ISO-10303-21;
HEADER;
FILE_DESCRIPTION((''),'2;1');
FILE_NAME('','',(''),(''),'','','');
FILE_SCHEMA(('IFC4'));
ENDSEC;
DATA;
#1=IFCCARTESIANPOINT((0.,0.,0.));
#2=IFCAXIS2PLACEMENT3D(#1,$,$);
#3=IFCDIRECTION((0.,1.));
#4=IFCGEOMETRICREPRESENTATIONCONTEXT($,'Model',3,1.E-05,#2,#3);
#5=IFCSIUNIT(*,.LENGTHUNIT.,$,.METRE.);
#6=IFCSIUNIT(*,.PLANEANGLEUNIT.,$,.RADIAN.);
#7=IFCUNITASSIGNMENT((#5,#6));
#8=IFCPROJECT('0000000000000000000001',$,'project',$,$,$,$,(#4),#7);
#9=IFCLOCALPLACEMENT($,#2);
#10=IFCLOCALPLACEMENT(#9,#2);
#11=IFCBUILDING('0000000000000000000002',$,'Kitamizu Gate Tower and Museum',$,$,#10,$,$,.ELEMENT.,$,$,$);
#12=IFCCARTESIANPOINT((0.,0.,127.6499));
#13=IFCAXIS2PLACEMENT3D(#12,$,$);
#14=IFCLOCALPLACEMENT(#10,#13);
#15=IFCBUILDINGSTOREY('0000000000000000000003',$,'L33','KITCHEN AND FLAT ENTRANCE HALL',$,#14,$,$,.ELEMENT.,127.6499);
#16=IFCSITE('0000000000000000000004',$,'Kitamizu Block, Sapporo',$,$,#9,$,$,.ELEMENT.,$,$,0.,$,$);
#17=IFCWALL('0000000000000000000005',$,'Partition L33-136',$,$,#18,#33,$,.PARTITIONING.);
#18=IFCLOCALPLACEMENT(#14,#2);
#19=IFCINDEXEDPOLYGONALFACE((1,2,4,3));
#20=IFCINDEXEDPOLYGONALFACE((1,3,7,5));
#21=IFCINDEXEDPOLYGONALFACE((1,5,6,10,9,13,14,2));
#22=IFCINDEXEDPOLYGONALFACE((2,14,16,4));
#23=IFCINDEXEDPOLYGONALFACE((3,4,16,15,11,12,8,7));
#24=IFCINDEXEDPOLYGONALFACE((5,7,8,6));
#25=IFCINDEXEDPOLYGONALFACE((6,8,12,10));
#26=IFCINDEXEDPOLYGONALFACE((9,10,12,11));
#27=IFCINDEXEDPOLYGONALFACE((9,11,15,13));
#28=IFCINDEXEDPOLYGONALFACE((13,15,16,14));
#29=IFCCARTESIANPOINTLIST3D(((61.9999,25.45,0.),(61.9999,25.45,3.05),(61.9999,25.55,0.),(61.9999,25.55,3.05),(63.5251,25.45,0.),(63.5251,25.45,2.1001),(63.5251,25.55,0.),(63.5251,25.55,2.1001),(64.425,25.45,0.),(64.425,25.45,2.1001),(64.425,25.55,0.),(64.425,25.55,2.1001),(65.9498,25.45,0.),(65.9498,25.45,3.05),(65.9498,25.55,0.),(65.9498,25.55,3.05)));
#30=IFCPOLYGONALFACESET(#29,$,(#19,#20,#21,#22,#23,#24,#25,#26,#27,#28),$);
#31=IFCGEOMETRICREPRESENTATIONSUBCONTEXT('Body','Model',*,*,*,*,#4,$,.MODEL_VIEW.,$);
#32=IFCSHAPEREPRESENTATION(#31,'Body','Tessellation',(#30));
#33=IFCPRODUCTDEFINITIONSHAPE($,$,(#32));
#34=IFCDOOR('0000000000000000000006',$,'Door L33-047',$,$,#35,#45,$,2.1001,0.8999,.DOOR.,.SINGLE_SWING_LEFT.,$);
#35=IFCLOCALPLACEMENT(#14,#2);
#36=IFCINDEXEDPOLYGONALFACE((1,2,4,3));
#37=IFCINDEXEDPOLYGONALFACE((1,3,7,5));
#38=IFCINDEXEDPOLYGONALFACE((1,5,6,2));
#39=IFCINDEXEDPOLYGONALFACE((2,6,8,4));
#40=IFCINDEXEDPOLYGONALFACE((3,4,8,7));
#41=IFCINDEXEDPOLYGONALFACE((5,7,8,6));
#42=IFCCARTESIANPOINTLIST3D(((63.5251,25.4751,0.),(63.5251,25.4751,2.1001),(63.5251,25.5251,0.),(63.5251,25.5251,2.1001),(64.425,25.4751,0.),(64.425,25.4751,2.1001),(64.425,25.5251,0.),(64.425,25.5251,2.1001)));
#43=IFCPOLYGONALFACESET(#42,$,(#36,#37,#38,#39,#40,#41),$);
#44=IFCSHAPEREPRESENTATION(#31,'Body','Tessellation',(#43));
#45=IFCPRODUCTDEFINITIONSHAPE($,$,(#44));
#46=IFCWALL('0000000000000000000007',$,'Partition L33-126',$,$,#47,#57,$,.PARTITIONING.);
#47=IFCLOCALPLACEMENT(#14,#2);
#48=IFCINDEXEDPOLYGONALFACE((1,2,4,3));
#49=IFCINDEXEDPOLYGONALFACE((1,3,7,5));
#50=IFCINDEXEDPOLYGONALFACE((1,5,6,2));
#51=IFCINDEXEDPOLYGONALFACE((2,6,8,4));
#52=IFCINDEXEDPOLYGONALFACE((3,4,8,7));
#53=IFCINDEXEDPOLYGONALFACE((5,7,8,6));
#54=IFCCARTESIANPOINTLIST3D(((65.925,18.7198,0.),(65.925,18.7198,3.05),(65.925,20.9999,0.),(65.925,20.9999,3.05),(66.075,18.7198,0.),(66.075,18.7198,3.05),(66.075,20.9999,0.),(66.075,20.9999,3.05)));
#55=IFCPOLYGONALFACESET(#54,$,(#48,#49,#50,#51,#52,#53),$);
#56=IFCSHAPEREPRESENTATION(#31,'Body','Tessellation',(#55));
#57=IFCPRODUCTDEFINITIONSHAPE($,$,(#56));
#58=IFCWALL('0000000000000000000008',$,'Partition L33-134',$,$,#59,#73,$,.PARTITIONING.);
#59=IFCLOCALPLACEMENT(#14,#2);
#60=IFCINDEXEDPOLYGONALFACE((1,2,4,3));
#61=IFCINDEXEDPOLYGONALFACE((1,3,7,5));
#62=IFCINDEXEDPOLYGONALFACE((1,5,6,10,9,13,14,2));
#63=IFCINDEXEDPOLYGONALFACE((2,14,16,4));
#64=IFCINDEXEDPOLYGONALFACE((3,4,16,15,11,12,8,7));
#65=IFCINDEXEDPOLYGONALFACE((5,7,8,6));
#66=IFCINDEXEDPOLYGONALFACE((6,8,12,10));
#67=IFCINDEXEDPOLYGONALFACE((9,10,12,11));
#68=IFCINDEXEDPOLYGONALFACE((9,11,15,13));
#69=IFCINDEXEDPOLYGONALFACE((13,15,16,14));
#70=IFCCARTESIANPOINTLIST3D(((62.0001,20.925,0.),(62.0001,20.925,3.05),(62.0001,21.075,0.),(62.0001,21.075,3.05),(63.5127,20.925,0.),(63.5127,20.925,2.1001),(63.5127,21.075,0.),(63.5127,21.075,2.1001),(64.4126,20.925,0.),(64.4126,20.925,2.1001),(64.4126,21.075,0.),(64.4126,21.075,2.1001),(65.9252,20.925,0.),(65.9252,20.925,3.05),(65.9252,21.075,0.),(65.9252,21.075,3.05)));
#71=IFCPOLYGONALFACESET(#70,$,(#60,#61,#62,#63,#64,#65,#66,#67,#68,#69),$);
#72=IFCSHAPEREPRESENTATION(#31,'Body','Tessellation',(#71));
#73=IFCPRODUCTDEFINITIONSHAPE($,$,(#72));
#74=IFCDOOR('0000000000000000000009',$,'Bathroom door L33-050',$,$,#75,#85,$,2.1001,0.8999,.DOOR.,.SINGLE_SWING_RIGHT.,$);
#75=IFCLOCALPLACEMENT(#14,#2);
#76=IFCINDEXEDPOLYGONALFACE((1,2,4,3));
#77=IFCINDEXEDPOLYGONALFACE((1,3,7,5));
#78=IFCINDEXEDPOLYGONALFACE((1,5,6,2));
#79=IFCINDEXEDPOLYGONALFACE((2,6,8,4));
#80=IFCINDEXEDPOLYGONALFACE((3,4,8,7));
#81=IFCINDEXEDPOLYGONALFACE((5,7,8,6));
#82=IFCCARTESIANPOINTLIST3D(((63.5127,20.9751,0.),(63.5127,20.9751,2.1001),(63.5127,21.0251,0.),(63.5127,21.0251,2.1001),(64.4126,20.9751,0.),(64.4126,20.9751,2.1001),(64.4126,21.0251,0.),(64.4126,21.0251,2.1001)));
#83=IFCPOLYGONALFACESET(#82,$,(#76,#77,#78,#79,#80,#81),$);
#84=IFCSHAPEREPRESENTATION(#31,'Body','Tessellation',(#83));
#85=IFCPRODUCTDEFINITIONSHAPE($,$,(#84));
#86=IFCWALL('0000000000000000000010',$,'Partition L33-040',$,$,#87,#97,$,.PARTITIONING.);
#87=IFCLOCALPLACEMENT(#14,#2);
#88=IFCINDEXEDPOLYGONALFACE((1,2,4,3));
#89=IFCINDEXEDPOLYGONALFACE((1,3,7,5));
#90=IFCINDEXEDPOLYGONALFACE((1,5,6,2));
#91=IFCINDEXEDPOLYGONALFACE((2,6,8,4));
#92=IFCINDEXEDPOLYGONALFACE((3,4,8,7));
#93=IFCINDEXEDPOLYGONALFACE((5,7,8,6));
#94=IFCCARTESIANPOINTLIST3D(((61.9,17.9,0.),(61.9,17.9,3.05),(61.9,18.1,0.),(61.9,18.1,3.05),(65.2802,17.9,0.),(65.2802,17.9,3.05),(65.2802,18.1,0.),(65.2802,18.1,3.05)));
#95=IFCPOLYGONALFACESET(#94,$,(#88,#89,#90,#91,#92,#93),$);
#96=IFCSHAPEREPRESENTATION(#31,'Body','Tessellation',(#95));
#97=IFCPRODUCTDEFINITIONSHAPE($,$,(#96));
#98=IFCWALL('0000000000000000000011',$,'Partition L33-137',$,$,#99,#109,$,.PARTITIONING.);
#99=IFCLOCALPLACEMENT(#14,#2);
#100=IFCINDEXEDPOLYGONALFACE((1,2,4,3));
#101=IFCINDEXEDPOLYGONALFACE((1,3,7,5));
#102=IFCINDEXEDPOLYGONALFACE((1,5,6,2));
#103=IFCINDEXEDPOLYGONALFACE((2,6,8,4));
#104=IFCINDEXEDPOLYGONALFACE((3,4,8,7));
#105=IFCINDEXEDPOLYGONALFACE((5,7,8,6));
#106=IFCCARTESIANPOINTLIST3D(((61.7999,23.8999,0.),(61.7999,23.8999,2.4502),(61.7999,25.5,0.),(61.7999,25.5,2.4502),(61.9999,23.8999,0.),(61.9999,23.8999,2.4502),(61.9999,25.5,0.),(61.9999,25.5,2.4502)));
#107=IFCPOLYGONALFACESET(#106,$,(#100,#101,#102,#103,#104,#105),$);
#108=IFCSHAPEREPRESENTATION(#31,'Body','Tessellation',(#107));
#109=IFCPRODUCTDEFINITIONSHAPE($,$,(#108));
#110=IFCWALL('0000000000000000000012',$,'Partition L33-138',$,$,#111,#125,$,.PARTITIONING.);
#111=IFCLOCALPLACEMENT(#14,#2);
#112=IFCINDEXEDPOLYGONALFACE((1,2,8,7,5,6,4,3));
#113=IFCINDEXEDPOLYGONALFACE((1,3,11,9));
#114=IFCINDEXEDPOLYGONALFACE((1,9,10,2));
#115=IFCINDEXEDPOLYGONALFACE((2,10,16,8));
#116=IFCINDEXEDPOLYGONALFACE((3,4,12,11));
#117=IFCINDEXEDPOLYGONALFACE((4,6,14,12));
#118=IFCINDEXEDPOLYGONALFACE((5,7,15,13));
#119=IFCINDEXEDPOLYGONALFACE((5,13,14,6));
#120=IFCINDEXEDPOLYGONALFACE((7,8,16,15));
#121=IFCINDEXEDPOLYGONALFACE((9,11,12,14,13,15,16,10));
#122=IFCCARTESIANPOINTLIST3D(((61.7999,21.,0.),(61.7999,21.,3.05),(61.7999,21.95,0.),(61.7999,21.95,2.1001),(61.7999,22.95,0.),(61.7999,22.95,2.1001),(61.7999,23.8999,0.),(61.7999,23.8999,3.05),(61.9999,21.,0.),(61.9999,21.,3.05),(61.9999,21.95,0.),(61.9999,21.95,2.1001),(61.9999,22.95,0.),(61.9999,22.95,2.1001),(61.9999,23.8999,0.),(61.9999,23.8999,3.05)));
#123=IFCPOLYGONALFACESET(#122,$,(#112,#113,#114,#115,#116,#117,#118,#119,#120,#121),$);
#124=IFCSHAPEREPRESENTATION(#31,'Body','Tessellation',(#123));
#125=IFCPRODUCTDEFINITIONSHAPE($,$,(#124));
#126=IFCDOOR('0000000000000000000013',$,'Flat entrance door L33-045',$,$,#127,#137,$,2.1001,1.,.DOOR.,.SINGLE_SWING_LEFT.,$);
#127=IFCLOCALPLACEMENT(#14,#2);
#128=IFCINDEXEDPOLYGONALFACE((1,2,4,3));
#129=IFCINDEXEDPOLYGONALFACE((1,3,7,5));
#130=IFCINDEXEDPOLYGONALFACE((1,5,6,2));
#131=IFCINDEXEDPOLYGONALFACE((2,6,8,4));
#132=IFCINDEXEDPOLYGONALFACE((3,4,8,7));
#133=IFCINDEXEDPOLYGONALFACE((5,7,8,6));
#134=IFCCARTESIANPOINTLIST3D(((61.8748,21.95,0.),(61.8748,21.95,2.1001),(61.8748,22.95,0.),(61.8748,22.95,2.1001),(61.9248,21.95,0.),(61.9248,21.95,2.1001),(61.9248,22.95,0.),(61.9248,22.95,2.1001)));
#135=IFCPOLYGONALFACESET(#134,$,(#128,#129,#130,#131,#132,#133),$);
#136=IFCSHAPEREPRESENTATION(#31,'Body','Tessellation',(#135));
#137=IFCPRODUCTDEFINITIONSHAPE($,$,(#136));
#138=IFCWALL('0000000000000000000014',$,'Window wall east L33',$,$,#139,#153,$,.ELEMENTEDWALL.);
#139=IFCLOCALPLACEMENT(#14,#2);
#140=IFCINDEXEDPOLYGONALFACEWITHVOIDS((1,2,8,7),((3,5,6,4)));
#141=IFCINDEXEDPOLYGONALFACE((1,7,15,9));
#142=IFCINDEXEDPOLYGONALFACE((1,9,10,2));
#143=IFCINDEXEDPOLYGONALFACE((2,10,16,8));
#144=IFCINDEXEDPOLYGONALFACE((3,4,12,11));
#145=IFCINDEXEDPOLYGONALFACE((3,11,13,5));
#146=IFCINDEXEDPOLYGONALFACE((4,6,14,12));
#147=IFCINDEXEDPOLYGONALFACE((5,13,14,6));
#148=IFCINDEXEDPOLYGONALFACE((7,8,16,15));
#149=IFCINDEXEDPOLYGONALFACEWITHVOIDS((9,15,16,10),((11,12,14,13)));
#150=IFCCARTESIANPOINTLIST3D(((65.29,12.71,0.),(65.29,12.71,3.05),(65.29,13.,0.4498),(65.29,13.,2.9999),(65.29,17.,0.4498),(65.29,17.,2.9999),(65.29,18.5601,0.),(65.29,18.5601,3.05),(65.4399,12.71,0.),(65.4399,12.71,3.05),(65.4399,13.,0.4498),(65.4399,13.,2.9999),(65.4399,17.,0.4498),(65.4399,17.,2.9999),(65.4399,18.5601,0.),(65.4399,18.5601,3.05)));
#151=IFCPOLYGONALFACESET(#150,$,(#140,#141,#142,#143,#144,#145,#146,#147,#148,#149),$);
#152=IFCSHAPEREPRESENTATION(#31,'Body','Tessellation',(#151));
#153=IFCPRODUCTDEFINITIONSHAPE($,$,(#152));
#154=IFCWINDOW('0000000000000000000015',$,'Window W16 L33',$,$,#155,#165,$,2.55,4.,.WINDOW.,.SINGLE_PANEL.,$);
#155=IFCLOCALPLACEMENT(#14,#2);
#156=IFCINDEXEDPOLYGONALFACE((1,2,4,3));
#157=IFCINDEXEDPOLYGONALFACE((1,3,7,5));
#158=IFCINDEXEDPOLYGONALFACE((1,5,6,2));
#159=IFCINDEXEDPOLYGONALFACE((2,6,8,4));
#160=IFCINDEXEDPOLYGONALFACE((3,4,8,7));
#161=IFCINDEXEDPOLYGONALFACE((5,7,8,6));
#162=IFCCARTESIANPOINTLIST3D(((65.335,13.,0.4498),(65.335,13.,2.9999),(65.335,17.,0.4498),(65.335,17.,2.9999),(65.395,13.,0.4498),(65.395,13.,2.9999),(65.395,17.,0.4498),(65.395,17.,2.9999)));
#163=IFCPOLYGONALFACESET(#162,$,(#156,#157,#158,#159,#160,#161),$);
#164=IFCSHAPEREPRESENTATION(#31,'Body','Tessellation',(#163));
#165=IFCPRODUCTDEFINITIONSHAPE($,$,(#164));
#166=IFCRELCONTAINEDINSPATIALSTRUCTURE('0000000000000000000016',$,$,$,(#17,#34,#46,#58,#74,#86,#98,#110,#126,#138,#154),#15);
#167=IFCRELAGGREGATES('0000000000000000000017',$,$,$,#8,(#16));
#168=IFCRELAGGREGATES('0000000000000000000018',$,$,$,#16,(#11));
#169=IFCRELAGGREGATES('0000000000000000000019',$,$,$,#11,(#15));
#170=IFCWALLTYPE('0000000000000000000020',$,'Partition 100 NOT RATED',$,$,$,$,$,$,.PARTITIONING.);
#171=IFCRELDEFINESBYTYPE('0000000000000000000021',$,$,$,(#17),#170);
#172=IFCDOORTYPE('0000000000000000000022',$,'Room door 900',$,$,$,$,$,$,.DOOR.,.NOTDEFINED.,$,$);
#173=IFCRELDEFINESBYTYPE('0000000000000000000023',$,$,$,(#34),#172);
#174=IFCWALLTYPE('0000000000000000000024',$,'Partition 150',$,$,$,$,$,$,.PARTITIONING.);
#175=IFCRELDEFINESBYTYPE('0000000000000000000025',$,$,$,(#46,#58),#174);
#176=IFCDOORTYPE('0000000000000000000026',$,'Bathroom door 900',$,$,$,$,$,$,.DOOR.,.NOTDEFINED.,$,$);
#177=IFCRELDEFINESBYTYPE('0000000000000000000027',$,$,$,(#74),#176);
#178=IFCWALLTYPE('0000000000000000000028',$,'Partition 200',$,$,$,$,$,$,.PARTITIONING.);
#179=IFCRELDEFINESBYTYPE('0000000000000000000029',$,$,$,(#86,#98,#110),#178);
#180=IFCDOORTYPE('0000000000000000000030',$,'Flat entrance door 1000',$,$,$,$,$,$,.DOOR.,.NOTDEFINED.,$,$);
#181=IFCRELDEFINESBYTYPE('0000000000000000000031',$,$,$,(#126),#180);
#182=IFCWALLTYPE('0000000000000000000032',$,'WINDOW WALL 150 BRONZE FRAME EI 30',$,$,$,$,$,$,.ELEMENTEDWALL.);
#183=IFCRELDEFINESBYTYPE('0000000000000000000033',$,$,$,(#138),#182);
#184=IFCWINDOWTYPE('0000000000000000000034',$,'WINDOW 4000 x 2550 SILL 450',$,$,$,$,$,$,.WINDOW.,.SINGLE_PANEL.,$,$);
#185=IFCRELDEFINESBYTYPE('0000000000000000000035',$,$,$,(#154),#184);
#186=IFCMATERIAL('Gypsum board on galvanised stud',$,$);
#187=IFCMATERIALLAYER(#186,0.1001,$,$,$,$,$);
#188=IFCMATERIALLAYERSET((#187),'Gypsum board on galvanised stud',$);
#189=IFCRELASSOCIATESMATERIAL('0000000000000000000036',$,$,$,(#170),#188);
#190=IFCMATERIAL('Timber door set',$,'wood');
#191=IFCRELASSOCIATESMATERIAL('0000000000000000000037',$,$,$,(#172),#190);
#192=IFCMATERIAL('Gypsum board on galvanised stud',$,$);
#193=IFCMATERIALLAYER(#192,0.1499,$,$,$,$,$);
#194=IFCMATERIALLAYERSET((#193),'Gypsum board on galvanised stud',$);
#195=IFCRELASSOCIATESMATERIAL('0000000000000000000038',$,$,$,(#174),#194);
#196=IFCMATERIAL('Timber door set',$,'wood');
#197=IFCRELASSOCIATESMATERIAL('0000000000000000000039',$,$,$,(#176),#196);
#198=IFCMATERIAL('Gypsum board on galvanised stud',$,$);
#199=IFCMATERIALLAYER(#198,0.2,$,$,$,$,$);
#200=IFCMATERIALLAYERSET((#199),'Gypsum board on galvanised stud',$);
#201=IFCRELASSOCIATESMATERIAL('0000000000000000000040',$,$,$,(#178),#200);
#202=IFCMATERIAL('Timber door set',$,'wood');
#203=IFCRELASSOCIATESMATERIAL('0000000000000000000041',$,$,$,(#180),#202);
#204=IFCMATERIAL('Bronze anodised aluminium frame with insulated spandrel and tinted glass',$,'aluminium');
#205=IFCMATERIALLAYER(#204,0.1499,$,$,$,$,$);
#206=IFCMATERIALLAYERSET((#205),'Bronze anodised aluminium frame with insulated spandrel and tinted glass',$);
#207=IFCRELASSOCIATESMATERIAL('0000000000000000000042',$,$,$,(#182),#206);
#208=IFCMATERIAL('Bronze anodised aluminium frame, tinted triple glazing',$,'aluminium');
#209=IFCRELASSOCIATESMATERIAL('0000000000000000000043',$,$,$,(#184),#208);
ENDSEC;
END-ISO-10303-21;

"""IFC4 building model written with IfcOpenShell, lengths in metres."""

from ifc_helpers import new_model, si_unit, direction, frame, frame_2d, origin, place, context, subcontext, project, spatial, rectangle, extrude, material, layer, layer_set, type_object, element, fill, save


model = new_model("IFC4")

# Units and contexts
model_context = context("Model", 3, precision=1e-05, world=origin(), true_north=direction((0.0, 1.0)))
body_context = subcontext(model_context, "Body", "Model", "MODEL_VIEW")
ifc_project = project(units=[si_unit("LENGTHUNIT", "METRE"), si_unit("PLANEANGLEUNIT", "RADIAN")], contexts=[model_context])

# Site, building, storey
site_placement = place(None, origin())
site = spatial("IfcSite", under=ifc_project, at=site_placement, Name="Kitamizu Block, Sapporo", CompositionType="ELEMENT", RefElevation=0.0)
building_placement = place(site_placement, origin())
building = spatial("IfcBuilding", under=site, at=building_placement, Name="Kitamizu Gate Tower and Museum", CompositionType="ELEMENT")
storey_placement = place(building_placement, frame((0.0, 0.0, 127.6499)))
storey = spatial("IfcBuildingStorey", under=building, at=storey_placement, Name="L33", Description="KITCHEN AND FLAT ENTRANCE HALL", CompositionType="ELEMENT", Elevation=127.6499)

# Shared definitions
ifc_material_1 = material(Name="Gypsum board on galvanised stud")
ifc_layer_1 = layer(ifc_material_1, 0.1001)
ifc_layer_set_1 = layer_set([ifc_layer_1], Name="Gypsum board on galvanised stud")
wall_type_1 = type_object("IfcWallType", Name="Partition 100 NOT RATED", PredefinedType="PARTITIONING", material=ifc_layer_set_1)
ifc_material_2 = material(Name="Timber door set", Category="wood")
door_type_1 = type_object("IfcDoorType", Name="Room door 900", OperationType="NOTDEFINED", PredefinedType="DOOR", material=ifc_material_2)

# Wall, opening, door
wall_1_placement = place(storey_placement, frame((65.95, 25.5, 0.0), z_axis=(0.0, 0.0, 1.0), x_axis=(-1.0, 0.0, 0.0)))
wall_1 = element("IfcWall", 1, at=wall_1_placement, inside=storey, type_object=wall_type_1, Name="Partition L33-136", PredefinedType="PARTITIONING", context=body_context, shape_type="SweptSolid", body=[
    extrude(rectangle(XDim=3.95, YDim=0.1001, at=frame_2d((1.9751, 0.0))), origin(), (0.0, 0.0, 1.0), 3.05),
])
opening_1_placement = place(wall_1_placement, frame((1.5249, 0.0, 0.0)))
opening_1 = element("IfcOpeningElement", 2, at=opening_1_placement, cuts=wall_1, PredefinedType="OPENING", context=body_context, shape_type="SweptSolid", body=[
    extrude(rectangle(XDim=0.8999, YDim=2.1001, at=frame_2d((0.45, 1.05))), frame((0.0, 0.0601, 0.0), z_axis=(0.0, -1.0, 0.0), x_axis=(1.0, 0.0, 0.0)), (0.0, 0.0, 1.0), 0.1201),
])
door_1_placement = place(opening_1_placement, origin())
door_1 = element("IfcDoor", 3, at=door_1_placement, inside=storey, type_object=door_type_1, Name="Door L33-047", OperationType="SINGLE_SWING_LEFT", OverallHeight=2.1001, OverallWidth=0.8999, PredefinedType="DOOR", context=body_context, shape_type="SweptSolid", body=[
    extrude(rectangle(XDim=0.8999, YDim=2.1001, at=frame_2d((0.45, 1.05))), frame((0.0, 0.0249, 0.0), z_axis=(0.0, -1.0, 0.0), x_axis=(1.0, 0.0, 0.0)), (0.0, 0.0, 1.0), 0.05),
])
fill(opening_1, door_1)

# Wall
ifc_material_3 = material(Name="Gypsum board on galvanised stud")
ifc_layer_2 = layer(ifc_material_3, 0.1499)
ifc_layer_set_2 = layer_set([ifc_layer_2], Name="Gypsum board on galvanised stud")
wall_type_2 = type_object("IfcWallType", Name="Partition 150", PredefinedType="PARTITIONING", material=ifc_layer_set_2)
wall_2_placement = place(storey_placement, frame((66.0, 21.0, 0.0), z_axis=(0.0, 0.0, 1.0), x_axis=(0.0, -1.0, 0.0)))
element("IfcWall", 4, at=wall_2_placement, inside=storey, type_object=wall_type_2, Name="Partition L33-126", PredefinedType="PARTITIONING", context=body_context, shape_type="SweptSolid", body=[
    extrude(rectangle(XDim=2.28, YDim=0.1499, at=frame_2d((1.1401, 0.0))), origin(), (0.0, 0.0, 1.0), 3.05),
])

# Wall, opening, door
wall_3_placement = place(storey_placement, frame((65.925, 21.0, 0.0), z_axis=(0.0, 0.0, 1.0), x_axis=(-1.0, 0.0, 0.0)))
wall_3 = element("IfcWall", 5, at=wall_3_placement, inside=storey, type_object=wall_type_2, Name="Partition L33-134", PredefinedType="PARTITIONING", context=body_context, shape_type="SweptSolid", body=[
    extrude(rectangle(XDim=3.925, YDim=0.1499, at=frame_2d((1.9624, 0.0))), origin(), (0.0, 0.0, 1.0), 3.05),
])
opening_2_placement = place(wall_3_placement, frame((1.5125, 0.0, 0.0)))
opening_2 = element("IfcOpeningElement", 6, at=opening_2_placement, cuts=wall_3, PredefinedType="OPENING", context=body_context, shape_type="SweptSolid", body=[
    extrude(rectangle(XDim=0.8999, YDim=2.1001, at=frame_2d((0.45, 1.05))), frame((0.0, 0.085, 0.0), z_axis=(0.0, -1.0, 0.0), x_axis=(1.0, 0.0, 0.0)), (0.0, 0.0, 1.0), 0.1699),
])
ifc_material_4 = material(Name="Timber door set", Category="wood")
door_type_2 = type_object("IfcDoorType", Name="Bathroom door 900", OperationType="NOTDEFINED", PredefinedType="DOOR", material=ifc_material_4)
door_2_placement = place(opening_2_placement, origin())
door_2 = element("IfcDoor", 7, at=door_2_placement, inside=storey, type_object=door_type_2, Name="Bathroom door L33-050", OperationType="SINGLE_SWING_RIGHT", OverallHeight=2.1001, OverallWidth=0.8999, PredefinedType="DOOR", context=body_context, shape_type="SweptSolid", body=[
    extrude(rectangle(XDim=0.8999, YDim=2.1001, at=frame_2d((0.45, 1.05))), frame((0.0, 0.0249, 0.0), z_axis=(0.0, -1.0, 0.0), x_axis=(1.0, 0.0, 0.0)), (0.0, 0.0, 1.0), 0.05),
])
fill(opening_2, door_2)

# Walls
ifc_material_5 = material(Name="Gypsum board on galvanised stud")
ifc_layer_3 = layer(ifc_material_5, 0.2)
ifc_layer_set_3 = layer_set([ifc_layer_3], Name="Gypsum board on galvanised stud")
wall_type_3 = type_object("IfcWallType", Name="Partition 200", PredefinedType="PARTITIONING", material=ifc_layer_set_3)
wall_4_placement = place(storey_placement, frame((65.28, 18.0, 0.0), z_axis=(0.0, 0.0, 1.0), x_axis=(-1.0, 0.0, 0.0)))
element("IfcWall", 8, at=wall_4_placement, inside=storey, type_object=wall_type_3, Name="Partition L33-040", PredefinedType="PARTITIONING", context=body_context, shape_type="SweptSolid", body=[
    extrude(rectangle(XDim=3.3801, YDim=0.2, at=frame_2d((1.6899, 0.0))), origin(), (0.0, 0.0, 1.0), 3.05),
])
wall_5_placement = place(storey_placement, frame((61.8999, 25.5, 0.0), z_axis=(0.0, 0.0, 1.0), x_axis=(0.0, -1.0, 0.0)))
element("IfcWall", 9, at=wall_5_placement, inside=storey, type_object=wall_type_3, Name="Partition L33-137", PredefinedType="PARTITIONING", context=body_context, shape_type="SweptSolid", body=[
    extrude(rectangle(XDim=1.6001, YDim=0.2, at=frame_2d((0.8, 0.0))), origin(), (0.0, 0.0, 1.0), 2.4502),
])

# Wall, opening, door
wall_6_placement = place(storey_placement, frame((61.8999, 23.8999, 0.0), z_axis=(0.0, 0.0, 1.0), x_axis=(0.0, -1.0, 0.0)))
wall_6 = element("IfcWall", 10, at=wall_6_placement, inside=storey, type_object=wall_type_3, Name="Partition L33-138", PredefinedType="PARTITIONING", context=body_context, shape_type="SweptSolid", body=[
    extrude(rectangle(XDim=2.8999, YDim=0.2, at=frame_2d((1.45, 0.0))), origin(), (0.0, 0.0, 1.0), 3.05),
])
opening_3_placement = place(wall_6_placement, frame((0.95, 0.0, 0.0)))
opening_3 = element("IfcOpeningElement", 11, at=opening_3_placement, cuts=wall_6, PredefinedType="OPENING", context=body_context, shape_type="SweptSolid", body=[
    extrude(rectangle(XDim=1.0, YDim=2.1001, at=frame_2d((0.5, 1.05))), frame((0.0, 0.1099, 0.0), z_axis=(0.0, -1.0, 0.0), x_axis=(1.0, 0.0, 0.0)), (0.0, 0.0, 1.0), 0.22),
])
ifc_material_6 = material(Name="Timber door set", Category="wood")
door_type_3 = type_object("IfcDoorType", Name="Flat entrance door 1000", OperationType="NOTDEFINED", PredefinedType="DOOR", material=ifc_material_6)
door_3_placement = place(opening_3_placement, origin())
door_3 = element("IfcDoor", 12, at=door_3_placement, inside=storey, type_object=door_type_3, Name="Flat entrance door L33-045", OperationType="SINGLE_SWING_LEFT", OverallHeight=2.1001, OverallWidth=1.0, PredefinedType="DOOR", context=body_context, shape_type="SweptSolid", body=[
    extrude(rectangle(XDim=1.0, YDim=2.1001, at=frame_2d((0.5, 1.05))), frame((0.0, 0.0249, 0.0), z_axis=(0.0, -1.0, 0.0), x_axis=(1.0, 0.0, 0.0)), (0.0, 0.0, 1.0), 0.05),
])
fill(opening_3, door_3)

# Wall, opening, window
ifc_material_7 = material(Name="Bronze anodised aluminium frame with insulated spandrel and tinted glass", Category="aluminium")
ifc_layer_4 = layer(ifc_material_7, 0.1499)
ifc_layer_set_4 = layer_set([ifc_layer_4], Name="Bronze anodised aluminium frame with insulated spandrel and tinted glass")
wall_type_4 = type_object("IfcWallType", Name="WINDOW WALL 150 BRONZE FRAME EI 30", PredefinedType="ELEMENTEDWALL", material=ifc_layer_set_4)
wall_7_placement = place(storey_placement, frame((65.365, 12.71, 0.0), z_axis=(0.0, 0.0, 1.0), x_axis=(0.0, 1.0, 0.0)))
wall_7 = element("IfcWall", 13, at=wall_7_placement, inside=storey, type_object=wall_type_4, Name="Window wall east L33", PredefinedType="ELEMENTEDWALL", context=body_context, shape_type="SweptSolid", body=[
    extrude(rectangle(XDim=5.8501, YDim=0.1499, at=frame_2d((2.925, 0.0))), origin(), (0.0, 0.0, 1.0), 3.05),
])
opening_4_placement = place(wall_7_placement, frame((0.29, 0.0, 0.45)))
opening_4 = element("IfcOpeningElement", 14, at=opening_4_placement, cuts=wall_7, PredefinedType="OPENING", context=body_context, shape_type="SweptSolid", body=[
    extrude(rectangle(XDim=4.0, YDim=2.55, at=frame_2d((2.0, 1.2749))), frame((0.0, 0.085, 0.0), z_axis=(0.0, -1.0, 0.0), x_axis=(1.0, 0.0, 0.0)), (0.0, 0.0, 1.0), 0.1699),
])
ifc_material_8 = material(Name="Bronze anodised aluminium frame, tinted triple glazing", Category="aluminium")
window_type_1 = type_object("IfcWindowType", Name="WINDOW 4000 x 2550 SILL 450", PartitioningType="SINGLE_PANEL", PredefinedType="WINDOW", material=ifc_material_8)
window_1_placement = place(opening_4_placement, origin())
window_1 = element("IfcWindow", 15, at=window_1_placement, inside=storey, type_object=window_type_1, Name="Window W16 L33", OverallHeight=2.55, OverallWidth=4.0, PartitioningType="SINGLE_PANEL", PredefinedType="WINDOW", context=body_context, shape_type="SweptSolid", body=[
    extrude(rectangle(XDim=4.0, YDim=2.55, at=frame_2d((2.0, 1.2749))), frame((0.0, 0.03, 0.0), z_axis=(0.0, -1.0, 0.0), x_axis=(1.0, 0.0, 0.0)), (0.0, 0.0, 1.0), 0.0601),
])
fill(opening_4, window_1)

save(model, "model.ifc")
